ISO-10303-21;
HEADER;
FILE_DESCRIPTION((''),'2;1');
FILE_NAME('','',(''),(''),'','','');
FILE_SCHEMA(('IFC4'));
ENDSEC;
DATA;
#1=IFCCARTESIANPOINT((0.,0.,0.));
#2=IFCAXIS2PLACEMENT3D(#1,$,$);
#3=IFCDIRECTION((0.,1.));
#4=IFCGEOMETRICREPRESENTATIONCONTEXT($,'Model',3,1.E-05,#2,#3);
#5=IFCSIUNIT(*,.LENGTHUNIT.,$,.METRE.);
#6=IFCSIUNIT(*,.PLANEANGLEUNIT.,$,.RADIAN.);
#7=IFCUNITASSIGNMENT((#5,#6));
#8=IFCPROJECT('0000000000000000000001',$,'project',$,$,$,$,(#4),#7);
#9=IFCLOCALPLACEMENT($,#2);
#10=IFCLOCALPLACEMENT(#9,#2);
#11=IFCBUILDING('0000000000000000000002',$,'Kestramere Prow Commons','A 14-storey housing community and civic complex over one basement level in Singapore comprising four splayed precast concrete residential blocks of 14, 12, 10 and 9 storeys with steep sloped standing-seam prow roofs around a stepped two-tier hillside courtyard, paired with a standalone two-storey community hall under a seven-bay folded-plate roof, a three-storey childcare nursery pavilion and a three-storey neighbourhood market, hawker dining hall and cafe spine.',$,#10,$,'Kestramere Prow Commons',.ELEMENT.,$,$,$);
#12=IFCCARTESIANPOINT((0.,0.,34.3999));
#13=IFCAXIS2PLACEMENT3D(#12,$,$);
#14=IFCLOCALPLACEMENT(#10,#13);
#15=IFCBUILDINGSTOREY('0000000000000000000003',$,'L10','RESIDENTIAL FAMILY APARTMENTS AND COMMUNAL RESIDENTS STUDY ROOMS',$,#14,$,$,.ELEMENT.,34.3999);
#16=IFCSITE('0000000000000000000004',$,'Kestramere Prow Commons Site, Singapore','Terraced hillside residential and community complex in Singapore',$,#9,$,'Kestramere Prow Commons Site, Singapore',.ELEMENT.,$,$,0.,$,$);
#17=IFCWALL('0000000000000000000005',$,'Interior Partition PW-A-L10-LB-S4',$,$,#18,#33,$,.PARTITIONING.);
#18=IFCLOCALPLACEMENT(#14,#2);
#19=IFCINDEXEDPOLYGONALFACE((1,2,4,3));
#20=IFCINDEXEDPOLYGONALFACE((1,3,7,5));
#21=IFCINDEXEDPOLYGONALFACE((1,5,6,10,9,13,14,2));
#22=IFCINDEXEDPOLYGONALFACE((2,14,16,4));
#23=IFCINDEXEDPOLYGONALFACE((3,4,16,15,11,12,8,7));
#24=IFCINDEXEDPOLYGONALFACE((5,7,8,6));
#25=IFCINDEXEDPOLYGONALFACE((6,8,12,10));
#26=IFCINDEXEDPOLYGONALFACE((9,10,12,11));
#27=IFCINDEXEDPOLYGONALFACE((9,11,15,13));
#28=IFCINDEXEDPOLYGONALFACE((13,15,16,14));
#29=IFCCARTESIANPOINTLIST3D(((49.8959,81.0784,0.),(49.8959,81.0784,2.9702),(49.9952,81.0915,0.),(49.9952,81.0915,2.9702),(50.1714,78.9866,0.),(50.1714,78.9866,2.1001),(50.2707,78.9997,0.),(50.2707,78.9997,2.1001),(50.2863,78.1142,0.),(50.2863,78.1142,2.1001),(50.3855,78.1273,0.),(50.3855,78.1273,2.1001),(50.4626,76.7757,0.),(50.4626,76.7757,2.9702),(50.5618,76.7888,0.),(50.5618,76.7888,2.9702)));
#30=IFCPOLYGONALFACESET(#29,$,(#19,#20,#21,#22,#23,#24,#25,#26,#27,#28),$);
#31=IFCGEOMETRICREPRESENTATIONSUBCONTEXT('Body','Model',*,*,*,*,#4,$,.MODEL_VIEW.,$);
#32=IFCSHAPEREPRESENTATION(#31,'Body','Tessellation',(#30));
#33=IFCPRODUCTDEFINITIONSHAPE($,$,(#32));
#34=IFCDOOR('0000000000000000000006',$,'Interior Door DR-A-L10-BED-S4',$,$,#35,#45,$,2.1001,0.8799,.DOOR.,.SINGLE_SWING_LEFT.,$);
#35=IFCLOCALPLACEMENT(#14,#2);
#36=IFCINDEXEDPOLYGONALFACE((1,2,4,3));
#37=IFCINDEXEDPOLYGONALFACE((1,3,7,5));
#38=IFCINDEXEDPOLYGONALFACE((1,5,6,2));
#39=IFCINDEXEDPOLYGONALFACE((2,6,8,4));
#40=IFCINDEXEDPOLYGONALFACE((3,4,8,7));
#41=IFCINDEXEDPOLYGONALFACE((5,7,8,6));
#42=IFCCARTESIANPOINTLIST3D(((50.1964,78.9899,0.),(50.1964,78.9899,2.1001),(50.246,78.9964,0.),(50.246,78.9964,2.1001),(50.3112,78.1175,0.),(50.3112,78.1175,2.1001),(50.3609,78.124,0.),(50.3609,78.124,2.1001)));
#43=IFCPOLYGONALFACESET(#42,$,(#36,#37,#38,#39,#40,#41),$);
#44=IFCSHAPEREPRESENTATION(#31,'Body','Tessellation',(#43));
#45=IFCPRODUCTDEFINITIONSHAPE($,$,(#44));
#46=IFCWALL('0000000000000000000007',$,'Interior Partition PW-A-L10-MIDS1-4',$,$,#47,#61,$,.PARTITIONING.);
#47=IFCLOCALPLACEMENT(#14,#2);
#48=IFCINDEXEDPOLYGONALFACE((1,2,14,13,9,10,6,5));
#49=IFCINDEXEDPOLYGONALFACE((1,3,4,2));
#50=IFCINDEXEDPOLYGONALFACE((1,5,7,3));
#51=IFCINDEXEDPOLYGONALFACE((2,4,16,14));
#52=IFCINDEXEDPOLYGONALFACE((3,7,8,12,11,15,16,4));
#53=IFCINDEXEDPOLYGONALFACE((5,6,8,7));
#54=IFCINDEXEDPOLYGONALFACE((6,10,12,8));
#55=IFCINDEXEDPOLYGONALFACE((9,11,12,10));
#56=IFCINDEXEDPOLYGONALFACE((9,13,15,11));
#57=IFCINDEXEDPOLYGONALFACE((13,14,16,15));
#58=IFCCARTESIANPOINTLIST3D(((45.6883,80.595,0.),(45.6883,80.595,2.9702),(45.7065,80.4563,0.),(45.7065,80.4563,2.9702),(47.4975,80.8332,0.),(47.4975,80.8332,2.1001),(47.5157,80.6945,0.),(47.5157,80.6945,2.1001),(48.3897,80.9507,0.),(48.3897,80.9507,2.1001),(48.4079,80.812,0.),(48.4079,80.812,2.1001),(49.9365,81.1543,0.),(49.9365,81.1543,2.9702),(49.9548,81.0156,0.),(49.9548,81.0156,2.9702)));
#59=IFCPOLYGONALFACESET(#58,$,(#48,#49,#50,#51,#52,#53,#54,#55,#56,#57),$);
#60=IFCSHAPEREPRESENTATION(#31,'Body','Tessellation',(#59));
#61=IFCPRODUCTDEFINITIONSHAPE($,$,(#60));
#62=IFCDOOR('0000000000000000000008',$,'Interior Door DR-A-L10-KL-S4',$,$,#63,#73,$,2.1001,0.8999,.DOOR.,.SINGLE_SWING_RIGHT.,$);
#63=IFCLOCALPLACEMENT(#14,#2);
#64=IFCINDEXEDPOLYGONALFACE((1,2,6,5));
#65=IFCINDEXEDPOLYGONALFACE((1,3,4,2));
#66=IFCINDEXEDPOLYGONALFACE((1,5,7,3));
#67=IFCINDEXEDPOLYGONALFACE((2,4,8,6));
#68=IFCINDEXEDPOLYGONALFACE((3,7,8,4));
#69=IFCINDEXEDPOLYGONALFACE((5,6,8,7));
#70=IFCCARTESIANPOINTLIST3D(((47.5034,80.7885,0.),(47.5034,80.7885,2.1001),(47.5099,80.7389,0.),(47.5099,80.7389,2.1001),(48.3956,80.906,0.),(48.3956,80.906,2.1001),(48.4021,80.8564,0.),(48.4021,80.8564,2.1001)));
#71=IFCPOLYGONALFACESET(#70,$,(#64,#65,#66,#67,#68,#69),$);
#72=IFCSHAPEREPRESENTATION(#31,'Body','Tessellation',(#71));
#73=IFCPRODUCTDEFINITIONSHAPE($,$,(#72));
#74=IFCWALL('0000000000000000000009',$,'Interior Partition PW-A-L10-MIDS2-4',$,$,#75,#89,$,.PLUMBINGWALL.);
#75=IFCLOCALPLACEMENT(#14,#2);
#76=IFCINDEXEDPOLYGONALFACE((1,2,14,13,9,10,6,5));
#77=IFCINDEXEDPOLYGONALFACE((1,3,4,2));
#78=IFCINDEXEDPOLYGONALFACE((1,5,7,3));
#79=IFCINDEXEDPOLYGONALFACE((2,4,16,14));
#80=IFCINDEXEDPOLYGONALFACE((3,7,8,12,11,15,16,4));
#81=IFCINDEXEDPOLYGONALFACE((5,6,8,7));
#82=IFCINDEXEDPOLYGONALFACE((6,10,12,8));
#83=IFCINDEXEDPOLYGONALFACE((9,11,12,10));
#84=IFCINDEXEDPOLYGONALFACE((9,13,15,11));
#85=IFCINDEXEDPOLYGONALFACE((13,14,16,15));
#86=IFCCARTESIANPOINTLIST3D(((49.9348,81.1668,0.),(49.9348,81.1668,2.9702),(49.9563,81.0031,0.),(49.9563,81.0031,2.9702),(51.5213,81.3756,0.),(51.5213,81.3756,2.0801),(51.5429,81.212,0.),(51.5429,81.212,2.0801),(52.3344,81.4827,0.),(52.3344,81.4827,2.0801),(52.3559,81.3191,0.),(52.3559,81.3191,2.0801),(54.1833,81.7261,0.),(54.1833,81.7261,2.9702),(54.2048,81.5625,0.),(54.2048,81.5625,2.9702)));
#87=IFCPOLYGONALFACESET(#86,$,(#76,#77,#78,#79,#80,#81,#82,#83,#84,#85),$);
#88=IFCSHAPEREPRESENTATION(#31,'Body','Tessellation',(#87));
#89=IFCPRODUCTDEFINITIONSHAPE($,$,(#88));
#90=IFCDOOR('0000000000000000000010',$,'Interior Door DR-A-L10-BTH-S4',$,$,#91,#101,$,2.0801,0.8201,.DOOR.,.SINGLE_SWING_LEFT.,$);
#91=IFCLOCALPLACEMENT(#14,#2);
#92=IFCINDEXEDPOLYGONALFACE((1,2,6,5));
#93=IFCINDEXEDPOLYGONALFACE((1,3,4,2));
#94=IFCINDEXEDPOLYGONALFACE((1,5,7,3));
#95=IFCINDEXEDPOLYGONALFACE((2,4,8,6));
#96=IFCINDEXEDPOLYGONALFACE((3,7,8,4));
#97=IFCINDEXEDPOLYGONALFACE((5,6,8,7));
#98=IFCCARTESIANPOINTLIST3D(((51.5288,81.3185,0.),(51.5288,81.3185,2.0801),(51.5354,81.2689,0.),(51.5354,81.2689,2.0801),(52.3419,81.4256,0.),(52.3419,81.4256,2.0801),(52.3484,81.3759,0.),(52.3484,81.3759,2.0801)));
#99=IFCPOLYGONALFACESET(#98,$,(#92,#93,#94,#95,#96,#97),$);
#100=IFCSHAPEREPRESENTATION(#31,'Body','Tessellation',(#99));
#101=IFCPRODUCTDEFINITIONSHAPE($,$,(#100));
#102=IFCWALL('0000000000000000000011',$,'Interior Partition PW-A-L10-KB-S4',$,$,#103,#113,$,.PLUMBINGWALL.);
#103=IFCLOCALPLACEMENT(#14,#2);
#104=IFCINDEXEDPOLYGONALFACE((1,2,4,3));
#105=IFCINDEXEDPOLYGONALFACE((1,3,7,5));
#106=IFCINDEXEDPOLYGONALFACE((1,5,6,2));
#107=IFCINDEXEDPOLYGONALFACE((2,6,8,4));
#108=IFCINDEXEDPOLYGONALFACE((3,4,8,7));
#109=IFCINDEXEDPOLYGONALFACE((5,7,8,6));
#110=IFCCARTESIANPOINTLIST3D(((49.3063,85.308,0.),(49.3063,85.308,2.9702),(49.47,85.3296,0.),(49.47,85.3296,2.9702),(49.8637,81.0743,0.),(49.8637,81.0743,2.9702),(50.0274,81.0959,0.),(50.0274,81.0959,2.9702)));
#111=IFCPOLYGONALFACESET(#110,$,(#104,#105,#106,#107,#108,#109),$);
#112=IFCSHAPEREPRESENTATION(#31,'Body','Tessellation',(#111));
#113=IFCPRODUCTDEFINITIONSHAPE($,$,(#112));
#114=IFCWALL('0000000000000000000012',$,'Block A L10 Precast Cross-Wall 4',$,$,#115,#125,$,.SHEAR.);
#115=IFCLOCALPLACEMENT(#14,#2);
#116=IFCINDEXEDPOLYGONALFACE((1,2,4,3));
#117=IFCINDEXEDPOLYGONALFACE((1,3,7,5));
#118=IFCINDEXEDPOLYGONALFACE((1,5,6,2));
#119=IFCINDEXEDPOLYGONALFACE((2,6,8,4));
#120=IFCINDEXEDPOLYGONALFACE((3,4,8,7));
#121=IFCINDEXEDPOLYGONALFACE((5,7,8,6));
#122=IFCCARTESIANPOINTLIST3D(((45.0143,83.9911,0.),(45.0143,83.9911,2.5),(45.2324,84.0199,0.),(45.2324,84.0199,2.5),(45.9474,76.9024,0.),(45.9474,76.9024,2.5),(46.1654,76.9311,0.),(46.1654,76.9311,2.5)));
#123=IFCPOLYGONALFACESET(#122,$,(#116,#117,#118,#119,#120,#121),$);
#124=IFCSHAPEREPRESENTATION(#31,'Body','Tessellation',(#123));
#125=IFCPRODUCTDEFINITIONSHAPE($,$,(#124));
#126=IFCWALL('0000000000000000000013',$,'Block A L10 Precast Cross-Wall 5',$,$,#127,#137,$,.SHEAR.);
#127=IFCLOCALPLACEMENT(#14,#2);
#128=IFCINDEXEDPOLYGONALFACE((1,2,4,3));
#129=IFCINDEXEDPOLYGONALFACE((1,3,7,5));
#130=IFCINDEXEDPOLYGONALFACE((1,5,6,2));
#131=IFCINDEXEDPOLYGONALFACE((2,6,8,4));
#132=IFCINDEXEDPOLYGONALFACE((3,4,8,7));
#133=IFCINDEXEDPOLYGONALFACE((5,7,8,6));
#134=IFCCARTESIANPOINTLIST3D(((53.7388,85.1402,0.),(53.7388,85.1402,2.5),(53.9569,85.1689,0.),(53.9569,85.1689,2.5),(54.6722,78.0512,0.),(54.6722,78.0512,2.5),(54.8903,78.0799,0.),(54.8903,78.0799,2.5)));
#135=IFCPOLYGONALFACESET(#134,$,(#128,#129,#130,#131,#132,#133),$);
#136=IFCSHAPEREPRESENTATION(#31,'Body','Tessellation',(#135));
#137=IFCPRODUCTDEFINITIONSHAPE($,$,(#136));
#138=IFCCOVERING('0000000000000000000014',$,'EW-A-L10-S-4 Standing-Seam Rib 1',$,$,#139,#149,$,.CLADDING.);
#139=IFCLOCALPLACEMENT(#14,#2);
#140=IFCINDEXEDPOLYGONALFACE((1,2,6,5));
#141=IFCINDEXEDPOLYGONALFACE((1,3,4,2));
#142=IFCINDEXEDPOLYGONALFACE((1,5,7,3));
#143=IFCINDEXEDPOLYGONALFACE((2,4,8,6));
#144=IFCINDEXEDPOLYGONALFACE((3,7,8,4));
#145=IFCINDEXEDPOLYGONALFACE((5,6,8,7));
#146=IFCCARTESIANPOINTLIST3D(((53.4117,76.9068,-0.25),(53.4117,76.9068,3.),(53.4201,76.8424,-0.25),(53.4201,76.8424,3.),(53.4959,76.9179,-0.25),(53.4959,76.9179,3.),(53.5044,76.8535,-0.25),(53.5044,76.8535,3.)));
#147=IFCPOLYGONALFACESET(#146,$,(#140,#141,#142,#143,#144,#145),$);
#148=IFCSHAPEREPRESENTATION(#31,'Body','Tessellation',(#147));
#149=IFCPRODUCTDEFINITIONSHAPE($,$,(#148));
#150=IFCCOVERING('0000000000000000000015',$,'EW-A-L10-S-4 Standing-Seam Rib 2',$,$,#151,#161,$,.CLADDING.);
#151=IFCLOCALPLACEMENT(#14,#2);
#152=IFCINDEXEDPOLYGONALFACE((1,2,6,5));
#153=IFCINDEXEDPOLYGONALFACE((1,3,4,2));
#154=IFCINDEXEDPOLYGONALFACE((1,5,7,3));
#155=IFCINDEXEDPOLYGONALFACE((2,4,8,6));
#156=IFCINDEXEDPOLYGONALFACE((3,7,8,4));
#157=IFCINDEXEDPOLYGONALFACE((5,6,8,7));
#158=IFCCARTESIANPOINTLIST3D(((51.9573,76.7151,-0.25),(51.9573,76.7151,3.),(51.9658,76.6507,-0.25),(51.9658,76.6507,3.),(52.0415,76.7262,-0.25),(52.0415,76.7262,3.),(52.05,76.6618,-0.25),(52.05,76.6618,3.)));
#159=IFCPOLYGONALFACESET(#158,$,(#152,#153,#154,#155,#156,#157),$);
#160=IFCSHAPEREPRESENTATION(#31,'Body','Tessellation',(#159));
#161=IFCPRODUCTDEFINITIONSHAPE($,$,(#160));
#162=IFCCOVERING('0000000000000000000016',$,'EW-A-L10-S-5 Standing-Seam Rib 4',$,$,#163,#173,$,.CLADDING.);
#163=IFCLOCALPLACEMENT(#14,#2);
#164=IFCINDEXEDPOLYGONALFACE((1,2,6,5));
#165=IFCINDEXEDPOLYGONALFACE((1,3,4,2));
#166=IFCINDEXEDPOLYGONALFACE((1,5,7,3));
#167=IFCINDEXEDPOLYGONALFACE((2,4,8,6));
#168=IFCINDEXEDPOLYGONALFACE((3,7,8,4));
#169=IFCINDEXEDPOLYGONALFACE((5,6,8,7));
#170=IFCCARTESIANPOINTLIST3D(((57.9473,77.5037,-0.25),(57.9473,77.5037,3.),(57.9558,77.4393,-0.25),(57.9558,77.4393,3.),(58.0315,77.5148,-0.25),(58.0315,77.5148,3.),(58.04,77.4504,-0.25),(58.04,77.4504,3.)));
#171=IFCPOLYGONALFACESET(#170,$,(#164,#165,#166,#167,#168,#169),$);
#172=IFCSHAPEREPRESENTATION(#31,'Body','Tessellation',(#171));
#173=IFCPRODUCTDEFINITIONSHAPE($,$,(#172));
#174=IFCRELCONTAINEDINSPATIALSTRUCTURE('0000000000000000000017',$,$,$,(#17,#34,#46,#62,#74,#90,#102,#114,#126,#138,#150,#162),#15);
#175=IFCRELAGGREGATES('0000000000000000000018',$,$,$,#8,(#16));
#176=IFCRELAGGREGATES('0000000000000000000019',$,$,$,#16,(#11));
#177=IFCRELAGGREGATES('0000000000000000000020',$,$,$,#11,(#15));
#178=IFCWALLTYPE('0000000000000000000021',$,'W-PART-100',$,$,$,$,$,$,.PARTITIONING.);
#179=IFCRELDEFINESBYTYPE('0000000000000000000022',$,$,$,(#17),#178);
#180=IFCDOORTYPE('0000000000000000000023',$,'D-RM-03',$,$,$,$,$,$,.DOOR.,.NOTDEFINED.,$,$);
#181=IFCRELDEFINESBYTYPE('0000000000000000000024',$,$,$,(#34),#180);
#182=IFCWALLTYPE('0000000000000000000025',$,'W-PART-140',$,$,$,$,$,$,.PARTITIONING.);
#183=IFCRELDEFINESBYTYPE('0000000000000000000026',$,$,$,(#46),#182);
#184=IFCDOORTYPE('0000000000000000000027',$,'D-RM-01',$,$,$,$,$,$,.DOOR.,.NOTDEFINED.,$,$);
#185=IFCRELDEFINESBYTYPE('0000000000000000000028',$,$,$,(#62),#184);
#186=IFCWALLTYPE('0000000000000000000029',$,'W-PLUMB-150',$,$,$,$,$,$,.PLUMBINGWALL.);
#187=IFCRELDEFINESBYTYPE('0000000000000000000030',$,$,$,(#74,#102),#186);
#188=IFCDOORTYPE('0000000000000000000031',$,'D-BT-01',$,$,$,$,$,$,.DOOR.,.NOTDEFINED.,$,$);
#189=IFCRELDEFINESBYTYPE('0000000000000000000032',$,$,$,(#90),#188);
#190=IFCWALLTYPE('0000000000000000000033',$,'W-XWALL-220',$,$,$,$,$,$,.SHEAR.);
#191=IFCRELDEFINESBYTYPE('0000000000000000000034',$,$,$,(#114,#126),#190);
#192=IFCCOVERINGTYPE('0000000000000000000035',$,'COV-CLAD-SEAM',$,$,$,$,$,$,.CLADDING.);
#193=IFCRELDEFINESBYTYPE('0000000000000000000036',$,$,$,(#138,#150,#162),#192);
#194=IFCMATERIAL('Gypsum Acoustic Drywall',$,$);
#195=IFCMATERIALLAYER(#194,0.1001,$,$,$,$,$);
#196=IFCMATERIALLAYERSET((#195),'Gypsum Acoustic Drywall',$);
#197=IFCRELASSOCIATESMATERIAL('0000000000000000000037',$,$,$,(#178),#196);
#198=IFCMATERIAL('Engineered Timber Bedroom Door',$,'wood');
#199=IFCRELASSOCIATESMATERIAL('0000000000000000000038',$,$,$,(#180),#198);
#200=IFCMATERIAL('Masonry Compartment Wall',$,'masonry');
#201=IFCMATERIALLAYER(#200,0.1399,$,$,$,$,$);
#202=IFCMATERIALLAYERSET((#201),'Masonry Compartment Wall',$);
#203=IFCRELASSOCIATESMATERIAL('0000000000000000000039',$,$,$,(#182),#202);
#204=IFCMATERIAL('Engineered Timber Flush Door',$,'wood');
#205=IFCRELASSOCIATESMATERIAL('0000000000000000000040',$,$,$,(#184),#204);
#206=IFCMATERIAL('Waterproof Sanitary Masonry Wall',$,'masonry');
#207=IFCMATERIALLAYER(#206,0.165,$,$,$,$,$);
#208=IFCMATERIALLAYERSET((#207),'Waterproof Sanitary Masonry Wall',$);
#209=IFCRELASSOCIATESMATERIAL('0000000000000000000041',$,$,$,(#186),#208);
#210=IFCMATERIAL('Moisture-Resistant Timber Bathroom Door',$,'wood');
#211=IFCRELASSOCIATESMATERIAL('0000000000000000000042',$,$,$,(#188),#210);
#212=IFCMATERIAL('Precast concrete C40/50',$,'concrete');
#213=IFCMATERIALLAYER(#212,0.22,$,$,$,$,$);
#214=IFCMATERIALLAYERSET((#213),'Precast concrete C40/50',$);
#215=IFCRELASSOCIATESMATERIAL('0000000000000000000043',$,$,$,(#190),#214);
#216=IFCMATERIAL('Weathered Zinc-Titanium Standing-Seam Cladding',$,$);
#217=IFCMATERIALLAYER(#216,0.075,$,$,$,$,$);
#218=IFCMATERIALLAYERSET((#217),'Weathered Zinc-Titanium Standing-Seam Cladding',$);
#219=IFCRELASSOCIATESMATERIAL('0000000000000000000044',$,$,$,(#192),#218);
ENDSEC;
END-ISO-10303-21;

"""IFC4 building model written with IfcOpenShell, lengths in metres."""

from ifc_helpers import new_model, si_unit, direction, frame, frame_2d, origin, origin_2d, place, context, subcontext, project, spatial, rectangle, extrude, material, layer, layer_set, type_object, element, fill, save


model = new_model("IFC4")

# Units and contexts
model_context = context("Model", 3, precision=1e-05, world=origin(), true_north=direction((0.0, 1.0)))
body_context = subcontext(model_context, "Body", "Model", "MODEL_VIEW")
ifc_project = project(units=[si_unit("LENGTHUNIT", "METRE"), si_unit("PLANEANGLEUNIT", "RADIAN")], contexts=[model_context])

# Site, building, storey
site_placement = place(None, origin())
site = spatial("IfcSite", under=ifc_project, at=site_placement, Name="Kestramere Prow Commons Site, Singapore", Description="Terraced hillside residential and community complex in Singapore", LongName="Kestramere Prow Commons Site, Singapore", CompositionType="ELEMENT", RefElevation=0.0)
building_placement = place(site_placement, origin())
building = spatial("IfcBuilding", under=site, at=building_placement, Name="Kestramere Prow Commons", Description="A 14-storey housing community and civic complex over one basement level in Singapore comprising four splayed precast concrete residential blocks of 14, 12, 10 and 9 storeys with steep sloped standing-seam prow roofs around a stepped two-tier hillside courtyard, paired with a standalone two-storey community hall under a seven-bay folded-plate roof, a three-storey childcare nursery pavilion and a three-storey neighbourhood market, hawker dining hall and cafe spine.", LongName="Kestramere Prow Commons", CompositionType="ELEMENT")
storey_placement = place(building_placement, frame((0.0, 0.0, 34.3999)))
storey = spatial("IfcBuildingStorey", under=building, at=storey_placement, Name="L10", Description="RESIDENTIAL FAMILY APARTMENTS AND COMMUNAL RESIDENTS STUDY ROOMS", CompositionType="ELEMENT", Elevation=34.3999)

# Shared definitions
ifc_material_1 = material(Name="Precast concrete C40/50", Category="concrete")

# Walls, openings, doors
ifc_material_2 = material(Name="Gypsum Acoustic Drywall")
ifc_layer_1 = layer(ifc_material_2, 0.1001)
ifc_layer_set_1 = layer_set([ifc_layer_1], Name="Gypsum Acoustic Drywall")
wall_type_1 = type_object("IfcWallType", Name="W-PART-100", PredefinedType="PARTITIONING", material=ifc_layer_set_1)
wall_1_placement = place(storey_placement, frame((50.5122, 76.7822, 0.0), z_axis=(0.0, 0.0, 1.0), x_axis=(-0.130568, 0.991439, 0.0)))
wall_1 = element("IfcWall", 1, at=wall_1_placement, inside=storey, type_object=wall_type_1, Name="Interior Partition PW-A-L10-LB-S4", PredefinedType="PARTITIONING", context=body_context, shape_type="SweptSolid", body=[
    extrude(rectangle(XDim=4.3398, YDim=0.1001, at=frame_2d((2.1699, 0.0))), origin(), (0.0, 0.0, 1.0), 2.9702),
])
opening_1_placement = place(wall_1_placement, frame((1.3501, 0.0, 0.0)))
opening_1 = element("IfcOpeningElement", 2, at=opening_1_placement, cuts=wall_1, PredefinedType="OPENING", context=body_context, shape_type="SweptSolid", body=[
    extrude(rectangle(XDim=0.8799, YDim=2.1001, at=frame_2d((0.4399, 1.05))), frame((0.0, 0.0649, 0.0), z_axis=(0.0, -1.0, 0.0), x_axis=(1.0, 0.0, 0.0)), (0.0, 0.0, 1.0), 0.1301),
])
ifc_material_3 = material(Name="Engineered Timber Bedroom Door", Category="wood")
door_type_1 = type_object("IfcDoorType", Name="D-RM-03", OperationType="NOTDEFINED", PredefinedType="DOOR", material=ifc_material_3)
door_1_placement = place(opening_1_placement, origin())
door_1 = element("IfcDoor", 3, at=door_1_placement, inside=storey, type_object=door_type_1, Name="Interior Door DR-A-L10-BED-S4", OperationType="SINGLE_SWING_LEFT", OverallHeight=2.1001, OverallWidth=0.8799, PredefinedType="DOOR", context=body_context, shape_type="SweptSolid", body=[
    extrude(rectangle(XDim=0.8799, YDim=2.1001, at=frame_2d((0.4399, 1.05))), frame((0.0, 0.0249, 0.0), z_axis=(0.0, -1.0, 0.0), x_axis=(1.0, 0.0, 0.0)), (0.0, 0.0, 1.0), 0.05),
])
fill(opening_1, door_1)
ifc_material_4 = material(Name="Masonry Compartment Wall", Category="masonry")
ifc_layer_2 = layer(ifc_material_4, 0.1399)
ifc_layer_set_2 = layer_set([ifc_layer_2], Name="Masonry Compartment Wall")
wall_type_2 = type_object("IfcWallType", Name="W-PART-140", PredefinedType="PARTITIONING", material=ifc_layer_set_2)
wall_2_placement = place(storey_placement, frame((45.6973, 80.5256, 0.0), z_axis=(0.0, 0.0, 1.0), x_axis=(0.991444, 0.130533, 0.0)))
wall_2 = element("IfcWall", 4, at=wall_2_placement, inside=storey, type_object=wall_type_2, Name="Interior Partition PW-A-L10-MIDS1-4", PredefinedType="PARTITIONING", context=body_context, shape_type="SweptSolid", body=[
    extrude(rectangle(XDim=4.2849, YDim=0.1399, at=frame_2d((2.1426, 0.0))), origin(), (0.0, 0.0, 1.0), 2.9702),
])
opening_2_placement = place(wall_2_placement, frame((1.825, 0.0, 0.0)))
opening_2 = element("IfcOpeningElement", 5, at=opening_2_placement, cuts=wall_2, PredefinedType="OPENING", context=body_context, shape_type="SweptSolid", body=[
    extrude(rectangle(XDim=0.8999, YDim=2.1001, at=frame_2d((0.45, 1.05))), frame((0.0, 0.085, 0.0), z_axis=(0.0, -1.0, 0.0), x_axis=(1.0, 0.0, 0.0)), (0.0, 0.0, 1.0), 0.1699),
])
ifc_material_5 = material(Name="Engineered Timber Flush Door", Category="wood")
door_type_2 = type_object("IfcDoorType", Name="D-RM-01", OperationType="NOTDEFINED", PredefinedType="DOOR", material=ifc_material_5)
door_2_placement = place(opening_2_placement, origin())
door_2 = element("IfcDoor", 6, at=door_2_placement, inside=storey, type_object=door_type_2, Name="Interior Door DR-A-L10-KL-S4", OperationType="SINGLE_SWING_RIGHT", OverallHeight=2.1001, OverallWidth=0.8999, PredefinedType="DOOR", context=body_context, shape_type="SweptSolid", body=[
    extrude(rectangle(XDim=0.8999, YDim=2.1001, at=frame_2d((0.45, 1.05))), frame((0.0, 0.0249, 0.0), z_axis=(0.0, -1.0, 0.0), x_axis=(1.0, 0.0, 0.0)), (0.0, 0.0, 1.0), 0.05),
])
fill(opening_2, door_2)
ifc_material_6 = material(Name="Waterproof Sanitary Masonry Wall", Category="masonry")
ifc_layer_3 = layer(ifc_material_6, 0.165)
ifc_layer_set_3 = layer_set([ifc_layer_3], Name="Waterproof Sanitary Masonry Wall")
wall_type_3 = type_object("IfcWallType", Name="W-PLUMB-150", PredefinedType="PLUMBINGWALL", material=ifc_layer_set_3)
wall_3_placement = place(storey_placement, frame((49.9456, 81.085, 0.0), z_axis=(0.0, 0.0, 1.0), x_axis=(0.991445, 0.130525, 0.0)))
wall_3 = element("IfcWall", 7, at=wall_3_placement, inside=storey, type_object=wall_type_3, Name="Interior Partition PW-A-L10-MIDS2-4", PredefinedType="PLUMBINGWALL", context=body_context, shape_type="SweptSolid", body=[
    extrude(rectangle(XDim=4.2852, YDim=0.165, at=frame_2d((2.1426, 0.0))), origin(), (0.0, 0.0, 1.0), 2.9702),
])
opening_3_placement = place(wall_3_placement, frame((1.6001, 0.0, 0.0)))
opening_3 = element("IfcOpeningElement", 8, at=opening_3_placement, cuts=wall_3, PredefinedType="OPENING", context=body_context, shape_type="SweptSolid", body=[
    extrude(rectangle(XDim=0.8201, YDim=2.0801, at=frame_2d((0.4102, 1.04))), frame((0.0, 0.0974, 0.0), z_axis=(0.0, -1.0, 0.0), x_axis=(1.0, 0.0, 0.0)), (0.0, 0.0, 1.0), 0.1951),
])
ifc_material_7 = material(Name="Moisture-Resistant Timber Bathroom Door", Category="wood")
door_type_3 = type_object("IfcDoorType", Name="D-BT-01", OperationType="NOTDEFINED", PredefinedType="DOOR", material=ifc_material_7)
door_3_placement = place(opening_3_placement, origin())
door_3 = element("IfcDoor", 9, at=door_3_placement, inside=storey, type_object=door_type_3, Name="Interior Door DR-A-L10-BTH-S4", OperationType="SINGLE_SWING_LEFT", OverallHeight=2.0801, OverallWidth=0.8201, PredefinedType="DOOR", context=body_context, shape_type="SweptSolid", body=[
    extrude(rectangle(XDim=0.8201, YDim=2.0801, at=frame_2d((0.4102, 1.04))), frame((0.0, 0.0249, 0.0), z_axis=(0.0, -1.0, 0.0), x_axis=(1.0, 0.0, 0.0)), (0.0, 0.0, 1.0), 0.05),
])
fill(opening_3, door_3)

# Walls
wall_4_placement = place(storey_placement, frame((49.9456, 81.085, 0.0), z_axis=(0.0, 0.0, 1.0), x_axis=(-0.130527, 0.991445, 0.0)))
element("IfcWall", 10, at=wall_4_placement, inside=storey, type_object=wall_type_3, Name="Interior Partition PW-A-L10-KB-S4", PredefinedType="PLUMBINGWALL", context=body_context, shape_type="SweptSolid", body=[
    extrude(rectangle(XDim=4.2703, YDim=0.165, at=frame_2d((2.1353, 0.0))), origin(), (0.0, 0.0, 1.0), 2.9702),
])
ifc_layer_4 = layer(ifc_material_1, 0.22)
ifc_layer_set_4 = layer_set([ifc_layer_4], Name="Precast concrete C40/50")
wall_type_4 = type_object("IfcWallType", Name="W-XWALL-220", PredefinedType="SHEAR", material=ifc_layer_set_4)
wall_5_placement = place(storey_placement, frame((46.0564, 76.9167, 0.0), z_axis=(0.0, 0.0, 1.0), x_axis=(-0.130504, 0.991448, 0.0)))
element("IfcWall", 11, at=wall_5_placement, inside=storey, type_object=wall_type_4, Name="Block A L10 Precast Cross-Wall 4", PredefinedType="SHEAR", context=body_context, shape_type="SweptSolid", body=[
    extrude(rectangle(XDim=7.1499, YDim=0.22, at=frame_2d((3.575, 0.0))), origin(), (0.0, 0.0, 1.0), 2.5),
])
wall_6_placement = place(storey_placement, frame((54.7812, 78.0654, 0.0), z_axis=(0.0, 0.0, 1.0), x_axis=(-0.130538, 0.991443, 0.0)))
element("IfcWall", 12, at=wall_6_placement, inside=storey, type_object=wall_type_4, Name="Block A L10 Precast Cross-Wall 5", PredefinedType="SHEAR", context=body_context, shape_type="SweptSolid", body=[
    extrude(rectangle(XDim=7.1501, YDim=0.22, at=frame_2d((3.5752, 0.0))), origin(), (0.0, 0.0, 1.0), 2.5),
])

# Coverings
ifc_material_8 = material(Name="Weathered Zinc-Titanium Standing-Seam Cladding")
ifc_layer_5 = layer(ifc_material_8, 0.075)
ifc_layer_set_5 = layer_set([ifc_layer_5], Name="Weathered Zinc-Titanium Standing-Seam Cladding")
covering_type = type_object("IfcCoveringType", Name="COV-CLAD-SEAM", PredefinedType="CLADDING", material=ifc_layer_set_5)
for number, where, z_axis, x_axis, name in (
    (13, (53.458, 76.8801, -0.25), (0.0, 0.0, 1.0), (-0.991445, -0.130526, 0.0), "EW-A-L10-S-4 Standing-Seam Rib 1"),
    (14, (52.0037, 76.6885, -0.25), (0.0, 0.0, 1.0), (-0.991445, -0.130526, 0.0), "EW-A-L10-S-4 Standing-Seam Rib 2"),
    (15, (57.9937, 77.4771, -0.25), (0.0, 0.0, 1.0), (-0.991445, -0.130526, 0.0), "EW-A-L10-S-5 Standing-Seam Rib 4"),
):
    element("IfcCovering", number, at=place(storey_placement, frame(where, z_axis=z_axis, x_axis=x_axis)), inside=storey, type_object=covering_type, Name=name, PredefinedType="CLADDING", context=body_context, shape_type="SweptSolid", body=[
        extrude(rectangle(XDim=0.085, YDim=0.0649, at=origin_2d()), origin(), (0.0, 0.0, 1.0), 3.25),
    ])

save(model, "model.ifc")
